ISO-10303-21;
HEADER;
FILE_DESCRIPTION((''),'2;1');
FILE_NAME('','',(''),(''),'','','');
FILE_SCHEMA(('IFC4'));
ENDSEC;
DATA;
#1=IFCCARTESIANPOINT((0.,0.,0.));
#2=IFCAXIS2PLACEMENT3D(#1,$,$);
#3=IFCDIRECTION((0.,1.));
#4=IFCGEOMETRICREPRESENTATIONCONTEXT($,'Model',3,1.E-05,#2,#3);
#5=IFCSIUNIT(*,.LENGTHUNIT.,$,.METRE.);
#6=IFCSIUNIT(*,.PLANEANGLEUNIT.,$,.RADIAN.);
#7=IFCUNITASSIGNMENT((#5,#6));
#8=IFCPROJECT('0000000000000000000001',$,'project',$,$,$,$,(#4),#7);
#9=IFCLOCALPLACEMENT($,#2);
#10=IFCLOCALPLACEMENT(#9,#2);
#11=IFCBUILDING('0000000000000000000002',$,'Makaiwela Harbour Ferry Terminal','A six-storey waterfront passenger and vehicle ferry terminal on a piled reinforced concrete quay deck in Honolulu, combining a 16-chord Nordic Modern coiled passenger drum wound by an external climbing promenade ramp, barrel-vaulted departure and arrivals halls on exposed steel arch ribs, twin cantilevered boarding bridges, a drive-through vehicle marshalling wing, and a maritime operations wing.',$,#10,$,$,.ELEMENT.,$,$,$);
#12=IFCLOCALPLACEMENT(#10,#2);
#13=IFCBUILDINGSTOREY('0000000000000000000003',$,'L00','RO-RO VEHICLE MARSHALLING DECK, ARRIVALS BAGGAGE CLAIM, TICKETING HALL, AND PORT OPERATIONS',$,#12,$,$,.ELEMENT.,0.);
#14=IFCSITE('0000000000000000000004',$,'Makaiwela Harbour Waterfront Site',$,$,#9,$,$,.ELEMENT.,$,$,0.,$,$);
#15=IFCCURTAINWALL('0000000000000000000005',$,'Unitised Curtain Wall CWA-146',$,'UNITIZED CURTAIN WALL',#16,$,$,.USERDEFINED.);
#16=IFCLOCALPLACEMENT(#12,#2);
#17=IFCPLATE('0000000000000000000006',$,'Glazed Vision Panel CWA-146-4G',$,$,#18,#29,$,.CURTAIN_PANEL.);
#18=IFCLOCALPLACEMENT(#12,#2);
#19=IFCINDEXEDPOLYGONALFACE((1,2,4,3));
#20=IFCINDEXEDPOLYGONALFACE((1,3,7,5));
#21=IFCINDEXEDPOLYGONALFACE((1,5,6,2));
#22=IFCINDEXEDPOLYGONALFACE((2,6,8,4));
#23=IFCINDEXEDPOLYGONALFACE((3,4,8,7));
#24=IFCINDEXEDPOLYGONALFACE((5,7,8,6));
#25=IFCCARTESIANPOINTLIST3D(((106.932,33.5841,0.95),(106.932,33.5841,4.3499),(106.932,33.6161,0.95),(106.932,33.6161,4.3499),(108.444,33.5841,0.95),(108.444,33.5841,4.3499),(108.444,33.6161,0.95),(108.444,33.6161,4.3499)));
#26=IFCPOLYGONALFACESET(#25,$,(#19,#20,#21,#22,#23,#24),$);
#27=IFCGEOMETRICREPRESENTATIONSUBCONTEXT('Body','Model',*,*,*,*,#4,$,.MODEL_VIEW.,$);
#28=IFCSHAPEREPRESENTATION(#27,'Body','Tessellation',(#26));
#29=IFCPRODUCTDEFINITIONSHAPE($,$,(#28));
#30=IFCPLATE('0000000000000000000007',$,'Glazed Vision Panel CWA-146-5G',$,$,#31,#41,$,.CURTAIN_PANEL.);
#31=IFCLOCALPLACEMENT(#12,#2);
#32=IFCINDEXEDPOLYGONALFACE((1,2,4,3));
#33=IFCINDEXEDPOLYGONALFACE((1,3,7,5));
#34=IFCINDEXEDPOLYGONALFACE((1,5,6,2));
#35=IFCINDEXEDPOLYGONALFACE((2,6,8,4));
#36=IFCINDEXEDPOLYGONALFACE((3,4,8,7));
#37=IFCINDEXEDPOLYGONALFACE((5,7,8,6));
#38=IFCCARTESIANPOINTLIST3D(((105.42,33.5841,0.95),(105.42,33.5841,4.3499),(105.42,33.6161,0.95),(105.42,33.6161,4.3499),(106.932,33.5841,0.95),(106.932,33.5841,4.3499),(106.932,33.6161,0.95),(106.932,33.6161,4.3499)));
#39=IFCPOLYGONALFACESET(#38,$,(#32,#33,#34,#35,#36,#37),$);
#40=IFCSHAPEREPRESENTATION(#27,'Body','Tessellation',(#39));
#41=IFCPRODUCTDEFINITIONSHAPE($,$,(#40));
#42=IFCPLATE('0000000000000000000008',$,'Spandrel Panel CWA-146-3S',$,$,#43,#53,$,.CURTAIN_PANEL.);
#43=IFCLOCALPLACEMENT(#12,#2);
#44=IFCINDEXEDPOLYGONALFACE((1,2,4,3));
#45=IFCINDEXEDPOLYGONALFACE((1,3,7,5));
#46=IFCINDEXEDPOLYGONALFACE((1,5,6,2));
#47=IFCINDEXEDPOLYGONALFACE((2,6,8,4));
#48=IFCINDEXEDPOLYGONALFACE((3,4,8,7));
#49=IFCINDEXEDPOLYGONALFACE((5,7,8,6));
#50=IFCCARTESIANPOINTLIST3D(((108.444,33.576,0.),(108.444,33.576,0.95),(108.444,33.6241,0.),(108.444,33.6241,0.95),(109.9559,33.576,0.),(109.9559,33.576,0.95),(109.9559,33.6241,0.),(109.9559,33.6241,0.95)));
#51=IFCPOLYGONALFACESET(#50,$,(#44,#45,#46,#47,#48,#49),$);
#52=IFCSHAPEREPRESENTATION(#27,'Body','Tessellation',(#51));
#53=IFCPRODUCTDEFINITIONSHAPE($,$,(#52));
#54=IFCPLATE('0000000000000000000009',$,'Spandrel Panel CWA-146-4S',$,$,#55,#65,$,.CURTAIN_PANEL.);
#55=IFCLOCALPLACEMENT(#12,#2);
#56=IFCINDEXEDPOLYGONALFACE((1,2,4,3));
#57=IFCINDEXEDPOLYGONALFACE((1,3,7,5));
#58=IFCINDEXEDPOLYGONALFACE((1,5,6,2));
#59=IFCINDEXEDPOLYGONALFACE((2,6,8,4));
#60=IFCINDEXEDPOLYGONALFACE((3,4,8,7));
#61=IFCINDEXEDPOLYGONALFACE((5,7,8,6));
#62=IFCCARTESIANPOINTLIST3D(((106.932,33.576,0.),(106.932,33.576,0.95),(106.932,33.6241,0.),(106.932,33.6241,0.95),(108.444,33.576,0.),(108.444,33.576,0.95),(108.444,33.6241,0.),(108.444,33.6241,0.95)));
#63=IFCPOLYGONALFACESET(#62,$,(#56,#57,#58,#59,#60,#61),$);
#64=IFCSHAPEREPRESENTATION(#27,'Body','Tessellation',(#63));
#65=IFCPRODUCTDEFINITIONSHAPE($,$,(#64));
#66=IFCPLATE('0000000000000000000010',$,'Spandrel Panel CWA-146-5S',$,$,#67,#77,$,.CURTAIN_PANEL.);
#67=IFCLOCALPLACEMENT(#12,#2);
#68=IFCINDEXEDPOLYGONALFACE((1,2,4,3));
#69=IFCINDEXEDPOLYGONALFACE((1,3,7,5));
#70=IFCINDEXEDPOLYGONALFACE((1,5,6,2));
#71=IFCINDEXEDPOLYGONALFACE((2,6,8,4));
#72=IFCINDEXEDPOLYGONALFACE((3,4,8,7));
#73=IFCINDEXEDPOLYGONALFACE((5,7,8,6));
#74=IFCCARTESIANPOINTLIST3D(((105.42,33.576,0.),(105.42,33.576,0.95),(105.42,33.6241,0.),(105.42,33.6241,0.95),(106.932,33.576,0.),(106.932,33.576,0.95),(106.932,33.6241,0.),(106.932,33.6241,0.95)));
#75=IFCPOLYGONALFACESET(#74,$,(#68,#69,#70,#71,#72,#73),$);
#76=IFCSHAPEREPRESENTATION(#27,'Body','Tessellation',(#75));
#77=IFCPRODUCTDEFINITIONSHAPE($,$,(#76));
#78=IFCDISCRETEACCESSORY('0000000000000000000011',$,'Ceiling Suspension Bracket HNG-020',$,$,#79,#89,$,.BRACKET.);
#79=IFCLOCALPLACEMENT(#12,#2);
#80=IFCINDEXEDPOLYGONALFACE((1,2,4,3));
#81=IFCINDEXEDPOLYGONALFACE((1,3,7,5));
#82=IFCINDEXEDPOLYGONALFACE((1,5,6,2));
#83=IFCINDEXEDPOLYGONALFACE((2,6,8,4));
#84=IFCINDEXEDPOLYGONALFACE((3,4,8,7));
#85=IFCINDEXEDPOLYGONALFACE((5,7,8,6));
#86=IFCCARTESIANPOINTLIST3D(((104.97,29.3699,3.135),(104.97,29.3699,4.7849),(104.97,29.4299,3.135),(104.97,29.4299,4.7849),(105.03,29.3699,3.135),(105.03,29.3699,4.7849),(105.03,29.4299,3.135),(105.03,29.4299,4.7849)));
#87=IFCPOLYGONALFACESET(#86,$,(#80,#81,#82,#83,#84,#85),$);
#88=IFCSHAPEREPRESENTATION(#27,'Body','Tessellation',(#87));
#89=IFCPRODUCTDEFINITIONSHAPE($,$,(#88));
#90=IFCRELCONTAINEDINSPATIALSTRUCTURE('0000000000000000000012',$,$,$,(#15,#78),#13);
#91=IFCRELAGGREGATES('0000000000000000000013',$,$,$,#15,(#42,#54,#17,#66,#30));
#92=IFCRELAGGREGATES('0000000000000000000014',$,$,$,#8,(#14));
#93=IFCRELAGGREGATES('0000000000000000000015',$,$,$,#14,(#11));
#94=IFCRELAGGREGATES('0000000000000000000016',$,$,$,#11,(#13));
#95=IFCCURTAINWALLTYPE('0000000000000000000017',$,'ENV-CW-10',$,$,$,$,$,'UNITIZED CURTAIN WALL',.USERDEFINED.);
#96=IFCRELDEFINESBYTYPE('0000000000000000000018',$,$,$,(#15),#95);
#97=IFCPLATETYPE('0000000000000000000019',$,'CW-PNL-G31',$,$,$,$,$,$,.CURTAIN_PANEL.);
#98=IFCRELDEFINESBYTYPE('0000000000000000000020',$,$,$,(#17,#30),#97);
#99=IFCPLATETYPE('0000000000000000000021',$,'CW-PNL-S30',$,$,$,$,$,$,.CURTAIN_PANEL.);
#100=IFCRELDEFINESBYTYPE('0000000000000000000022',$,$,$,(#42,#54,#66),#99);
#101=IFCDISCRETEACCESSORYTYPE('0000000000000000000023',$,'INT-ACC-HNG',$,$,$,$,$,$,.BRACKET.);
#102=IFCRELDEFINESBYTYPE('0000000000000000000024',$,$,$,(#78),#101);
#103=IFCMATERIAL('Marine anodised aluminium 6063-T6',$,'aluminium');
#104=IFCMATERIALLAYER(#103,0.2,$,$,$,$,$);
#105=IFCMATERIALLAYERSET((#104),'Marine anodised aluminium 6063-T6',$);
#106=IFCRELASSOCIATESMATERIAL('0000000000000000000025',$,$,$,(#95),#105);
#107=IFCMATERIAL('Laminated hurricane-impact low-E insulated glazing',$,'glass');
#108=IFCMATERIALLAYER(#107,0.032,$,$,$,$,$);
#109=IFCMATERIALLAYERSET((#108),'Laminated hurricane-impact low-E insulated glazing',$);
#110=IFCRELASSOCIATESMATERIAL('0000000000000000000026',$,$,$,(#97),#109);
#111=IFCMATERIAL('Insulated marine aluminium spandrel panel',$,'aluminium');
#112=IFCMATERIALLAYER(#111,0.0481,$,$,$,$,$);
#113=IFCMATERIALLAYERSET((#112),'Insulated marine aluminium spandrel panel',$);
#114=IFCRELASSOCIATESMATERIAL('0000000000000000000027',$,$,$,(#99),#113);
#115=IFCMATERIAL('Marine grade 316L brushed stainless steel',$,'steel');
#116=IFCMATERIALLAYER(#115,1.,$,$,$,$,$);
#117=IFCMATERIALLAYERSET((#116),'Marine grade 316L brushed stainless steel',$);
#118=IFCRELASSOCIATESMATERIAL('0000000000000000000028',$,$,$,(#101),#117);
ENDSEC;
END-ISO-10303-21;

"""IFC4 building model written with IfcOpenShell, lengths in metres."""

from ifc_helpers import new_model, si_unit, direction, frame, origin, origin_2d, place, context, subcontext, project, spatial, rectangle, extrude, material, layer, layer_set, type_object, element, aggregate, save


model = new_model("IFC4")

# Units and contexts
model_context = context("Model", 3, precision=1e-05, world=origin(), true_north=direction((0.0, 1.0)))
body_context = subcontext(model_context, "Body", "Model", "MODEL_VIEW")
ifc_project = project(units=[si_unit("LENGTHUNIT", "METRE"), si_unit("PLANEANGLEUNIT", "RADIAN")], contexts=[model_context])

# Site, building, storey
site_placement = place(None, origin())
site = spatial("IfcSite", under=ifc_project, at=site_placement, Name="Makaiwela Harbour Waterfront Site", CompositionType="ELEMENT", RefElevation=0.0)
building_placement = place(site_placement, origin())
building = spatial("IfcBuilding", under=site, at=building_placement, Name="Makaiwela Harbour Ferry Terminal", Description="A six-storey waterfront passenger and vehicle ferry terminal on a piled reinforced concrete quay deck in Honolulu, combining a 16-chord Nordic Modern coiled passenger drum wound by an external climbing promenade ramp, barrel-vaulted departure and arrivals halls on exposed steel arch ribs, twin cantilevered boarding bridges, a drive-through vehicle marshalling wing, and a maritime operations wing.", CompositionType="ELEMENT")
storey_placement = place(building_placement, origin())
storey = spatial("IfcBuildingStorey", under=building, at=storey_placement, Name="L00", Description="RO-RO VEHICLE MARSHALLING DECK, ARRIVALS BAGGAGE CLAIM, TICKETING HALL, AND PORT OPERATIONS", CompositionType="ELEMENT", Elevation=0.0)

# Curtain wall
ifc_material_1 = material(Name="Marine anodised aluminium 6063-T6", Category="aluminium")
ifc_layer_1 = layer(ifc_material_1, 0.2)
ifc_layer_set_1 = layer_set([ifc_layer_1], Name="Marine anodised aluminium 6063-T6")
curtain_wall_type = type_object("IfcCurtainWallType", Name="ENV-CW-10", ElementType="UNITIZED CURTAIN WALL", PredefinedType="USERDEFINED", material=ifc_layer_set_1)
curtain_wall_1_placement = place(storey_placement, origin())
curtain_wall_1 = element("IfcCurtainWall", 1, at=curtain_wall_1_placement, inside=storey, type_object=curtain_wall_type, Name="Unitised Curtain Wall CWA-146", ObjectType="UNITIZED CURTAIN WALL", PredefinedType="USERDEFINED")

# Plates
ifc_material_2 = material(Name="Laminated hurricane-impact low-E insulated glazing", Category="glass")
ifc_layer_2 = layer(ifc_material_2, 0.032)
ifc_layer_set_2 = layer_set([ifc_layer_2], Name="Laminated hurricane-impact low-E insulated glazing")
plate_type_1 = type_object("IfcPlateType", Name="CW-PNL-G31", PredefinedType="CURTAIN_PANEL", material=ifc_layer_set_2)
plate_1_placement = place(storey_placement, frame((107.688, 33.6001, 0.95), z_axis=(0.0, 0.0, 1.0), x_axis=(-1.0, 0.0, 0.0)))
plate_1 = element("IfcPlate", 2, at=plate_1_placement, type_object=plate_type_1, Name="Glazed Vision Panel CWA-146-4G", PredefinedType="CURTAIN_PANEL", context=body_context, shape_type="SweptSolid", body=[
    extrude(rectangle(XDim=1.512, YDim=0.032, at=origin_2d()), origin(), (0.0, 0.0, 1.0), 3.3999),
])
plate_2_placement = place(storey_placement, frame((106.176, 33.6001, 0.95), z_axis=(0.0, 0.0, 1.0), x_axis=(-1.0, 0.0, 0.0)))
plate_2 = element("IfcPlate", 3, at=plate_2_placement, type_object=plate_type_1, Name="Glazed Vision Panel CWA-146-5G", PredefinedType="CURTAIN_PANEL", context=body_context, shape_type="SweptSolid", body=[
    extrude(rectangle(XDim=1.512, YDim=0.032, at=origin_2d()), origin(), (0.0, 0.0, 1.0), 3.3999),
])
ifc_material_3 = material(Name="Insulated marine aluminium spandrel panel", Category="aluminium")
ifc_layer_3 = layer(ifc_material_3, 0.0481)
ifc_layer_set_3 = layer_set([ifc_layer_3], Name="Insulated marine aluminium spandrel panel")
plate_type_2 = type_object("IfcPlateType", Name="CW-PNL-S30", PredefinedType="CURTAIN_PANEL", material=ifc_layer_set_3)
plate_3_placement = place(storey_placement, frame((109.2, 33.6001, 0.0), z_axis=(0.0, 0.0, 1.0), x_axis=(-1.0, 0.0, 0.0)))
plate_3 = element("IfcPlate", 4, at=plate_3_placement, type_object=plate_type_2, Name="Spandrel Panel CWA-146-3S", PredefinedType="CURTAIN_PANEL", context=body_context, shape_type="SweptSolid", body=[
    extrude(rectangle(XDim=1.512, YDim=0.0481, at=origin_2d()), origin(), (0.0, 0.0, 1.0), 0.95),
])
plate_4_placement = place(storey_placement, frame((107.688, 33.6001, 0.0), z_axis=(0.0, 0.0, 1.0), x_axis=(-1.0, 0.0, 0.0)))
plate_4 = element("IfcPlate", 5, at=plate_4_placement, type_object=plate_type_2, Name="Spandrel Panel CWA-146-4S", PredefinedType="CURTAIN_PANEL", context=body_context, shape_type="SweptSolid", body=[
    extrude(rectangle(XDim=1.512, YDim=0.0481, at=origin_2d()), origin(), (0.0, 0.0, 1.0), 0.95),
])
plate_5_placement = place(storey_placement, frame((106.176, 33.6001, 0.0), z_axis=(0.0, 0.0, 1.0), x_axis=(-1.0, 0.0, 0.0)))
plate_5 = element("IfcPlate", 6, at=plate_5_placement, type_object=plate_type_2, Name="Spandrel Panel CWA-146-5S", PredefinedType="CURTAIN_PANEL", context=body_context, shape_type="SweptSolid", body=[
    extrude(rectangle(XDim=1.512, YDim=0.0481, at=origin_2d()), origin(), (0.0, 0.0, 1.0), 0.95),
])
aggregate(curtain_wall_1, [plate_3, plate_4, plate_1, plate_5, plate_2])

# Discrete accessory
ifc_material_4 = material(Name="Marine grade 316L brushed stainless steel", Category="steel")
ifc_layer_4 = layer(ifc_material_4, 1.0)
ifc_layer_set_4 = layer_set([ifc_layer_4], Name="Marine grade 316L brushed stainless steel")
discrete_accessory_type = type_object("IfcDiscreteAccessoryType", Name="INT-ACC-HNG", PredefinedType="BRACKET", material=ifc_layer_set_4)
discrete_accessory_placement = place(storey_placement, frame((105.0, 29.3999, 3.135), z_axis=(0.0, 0.0, 1.0), x_axis=(1.0, 0.0, 0.0)))
element("IfcDiscreteAccessory", 7, at=discrete_accessory_placement, inside=storey, type_object=discrete_accessory_type, Name="Ceiling Suspension Bracket HNG-020", PredefinedType="BRACKET", context=body_context, shape_type="SweptSolid", body=[
    extrude(rectangle(XDim=0.0601, YDim=0.0601, at=origin_2d()), origin(), (0.0, 0.0, 1.0), 1.6499),
])

save(model, "model.ifc")
